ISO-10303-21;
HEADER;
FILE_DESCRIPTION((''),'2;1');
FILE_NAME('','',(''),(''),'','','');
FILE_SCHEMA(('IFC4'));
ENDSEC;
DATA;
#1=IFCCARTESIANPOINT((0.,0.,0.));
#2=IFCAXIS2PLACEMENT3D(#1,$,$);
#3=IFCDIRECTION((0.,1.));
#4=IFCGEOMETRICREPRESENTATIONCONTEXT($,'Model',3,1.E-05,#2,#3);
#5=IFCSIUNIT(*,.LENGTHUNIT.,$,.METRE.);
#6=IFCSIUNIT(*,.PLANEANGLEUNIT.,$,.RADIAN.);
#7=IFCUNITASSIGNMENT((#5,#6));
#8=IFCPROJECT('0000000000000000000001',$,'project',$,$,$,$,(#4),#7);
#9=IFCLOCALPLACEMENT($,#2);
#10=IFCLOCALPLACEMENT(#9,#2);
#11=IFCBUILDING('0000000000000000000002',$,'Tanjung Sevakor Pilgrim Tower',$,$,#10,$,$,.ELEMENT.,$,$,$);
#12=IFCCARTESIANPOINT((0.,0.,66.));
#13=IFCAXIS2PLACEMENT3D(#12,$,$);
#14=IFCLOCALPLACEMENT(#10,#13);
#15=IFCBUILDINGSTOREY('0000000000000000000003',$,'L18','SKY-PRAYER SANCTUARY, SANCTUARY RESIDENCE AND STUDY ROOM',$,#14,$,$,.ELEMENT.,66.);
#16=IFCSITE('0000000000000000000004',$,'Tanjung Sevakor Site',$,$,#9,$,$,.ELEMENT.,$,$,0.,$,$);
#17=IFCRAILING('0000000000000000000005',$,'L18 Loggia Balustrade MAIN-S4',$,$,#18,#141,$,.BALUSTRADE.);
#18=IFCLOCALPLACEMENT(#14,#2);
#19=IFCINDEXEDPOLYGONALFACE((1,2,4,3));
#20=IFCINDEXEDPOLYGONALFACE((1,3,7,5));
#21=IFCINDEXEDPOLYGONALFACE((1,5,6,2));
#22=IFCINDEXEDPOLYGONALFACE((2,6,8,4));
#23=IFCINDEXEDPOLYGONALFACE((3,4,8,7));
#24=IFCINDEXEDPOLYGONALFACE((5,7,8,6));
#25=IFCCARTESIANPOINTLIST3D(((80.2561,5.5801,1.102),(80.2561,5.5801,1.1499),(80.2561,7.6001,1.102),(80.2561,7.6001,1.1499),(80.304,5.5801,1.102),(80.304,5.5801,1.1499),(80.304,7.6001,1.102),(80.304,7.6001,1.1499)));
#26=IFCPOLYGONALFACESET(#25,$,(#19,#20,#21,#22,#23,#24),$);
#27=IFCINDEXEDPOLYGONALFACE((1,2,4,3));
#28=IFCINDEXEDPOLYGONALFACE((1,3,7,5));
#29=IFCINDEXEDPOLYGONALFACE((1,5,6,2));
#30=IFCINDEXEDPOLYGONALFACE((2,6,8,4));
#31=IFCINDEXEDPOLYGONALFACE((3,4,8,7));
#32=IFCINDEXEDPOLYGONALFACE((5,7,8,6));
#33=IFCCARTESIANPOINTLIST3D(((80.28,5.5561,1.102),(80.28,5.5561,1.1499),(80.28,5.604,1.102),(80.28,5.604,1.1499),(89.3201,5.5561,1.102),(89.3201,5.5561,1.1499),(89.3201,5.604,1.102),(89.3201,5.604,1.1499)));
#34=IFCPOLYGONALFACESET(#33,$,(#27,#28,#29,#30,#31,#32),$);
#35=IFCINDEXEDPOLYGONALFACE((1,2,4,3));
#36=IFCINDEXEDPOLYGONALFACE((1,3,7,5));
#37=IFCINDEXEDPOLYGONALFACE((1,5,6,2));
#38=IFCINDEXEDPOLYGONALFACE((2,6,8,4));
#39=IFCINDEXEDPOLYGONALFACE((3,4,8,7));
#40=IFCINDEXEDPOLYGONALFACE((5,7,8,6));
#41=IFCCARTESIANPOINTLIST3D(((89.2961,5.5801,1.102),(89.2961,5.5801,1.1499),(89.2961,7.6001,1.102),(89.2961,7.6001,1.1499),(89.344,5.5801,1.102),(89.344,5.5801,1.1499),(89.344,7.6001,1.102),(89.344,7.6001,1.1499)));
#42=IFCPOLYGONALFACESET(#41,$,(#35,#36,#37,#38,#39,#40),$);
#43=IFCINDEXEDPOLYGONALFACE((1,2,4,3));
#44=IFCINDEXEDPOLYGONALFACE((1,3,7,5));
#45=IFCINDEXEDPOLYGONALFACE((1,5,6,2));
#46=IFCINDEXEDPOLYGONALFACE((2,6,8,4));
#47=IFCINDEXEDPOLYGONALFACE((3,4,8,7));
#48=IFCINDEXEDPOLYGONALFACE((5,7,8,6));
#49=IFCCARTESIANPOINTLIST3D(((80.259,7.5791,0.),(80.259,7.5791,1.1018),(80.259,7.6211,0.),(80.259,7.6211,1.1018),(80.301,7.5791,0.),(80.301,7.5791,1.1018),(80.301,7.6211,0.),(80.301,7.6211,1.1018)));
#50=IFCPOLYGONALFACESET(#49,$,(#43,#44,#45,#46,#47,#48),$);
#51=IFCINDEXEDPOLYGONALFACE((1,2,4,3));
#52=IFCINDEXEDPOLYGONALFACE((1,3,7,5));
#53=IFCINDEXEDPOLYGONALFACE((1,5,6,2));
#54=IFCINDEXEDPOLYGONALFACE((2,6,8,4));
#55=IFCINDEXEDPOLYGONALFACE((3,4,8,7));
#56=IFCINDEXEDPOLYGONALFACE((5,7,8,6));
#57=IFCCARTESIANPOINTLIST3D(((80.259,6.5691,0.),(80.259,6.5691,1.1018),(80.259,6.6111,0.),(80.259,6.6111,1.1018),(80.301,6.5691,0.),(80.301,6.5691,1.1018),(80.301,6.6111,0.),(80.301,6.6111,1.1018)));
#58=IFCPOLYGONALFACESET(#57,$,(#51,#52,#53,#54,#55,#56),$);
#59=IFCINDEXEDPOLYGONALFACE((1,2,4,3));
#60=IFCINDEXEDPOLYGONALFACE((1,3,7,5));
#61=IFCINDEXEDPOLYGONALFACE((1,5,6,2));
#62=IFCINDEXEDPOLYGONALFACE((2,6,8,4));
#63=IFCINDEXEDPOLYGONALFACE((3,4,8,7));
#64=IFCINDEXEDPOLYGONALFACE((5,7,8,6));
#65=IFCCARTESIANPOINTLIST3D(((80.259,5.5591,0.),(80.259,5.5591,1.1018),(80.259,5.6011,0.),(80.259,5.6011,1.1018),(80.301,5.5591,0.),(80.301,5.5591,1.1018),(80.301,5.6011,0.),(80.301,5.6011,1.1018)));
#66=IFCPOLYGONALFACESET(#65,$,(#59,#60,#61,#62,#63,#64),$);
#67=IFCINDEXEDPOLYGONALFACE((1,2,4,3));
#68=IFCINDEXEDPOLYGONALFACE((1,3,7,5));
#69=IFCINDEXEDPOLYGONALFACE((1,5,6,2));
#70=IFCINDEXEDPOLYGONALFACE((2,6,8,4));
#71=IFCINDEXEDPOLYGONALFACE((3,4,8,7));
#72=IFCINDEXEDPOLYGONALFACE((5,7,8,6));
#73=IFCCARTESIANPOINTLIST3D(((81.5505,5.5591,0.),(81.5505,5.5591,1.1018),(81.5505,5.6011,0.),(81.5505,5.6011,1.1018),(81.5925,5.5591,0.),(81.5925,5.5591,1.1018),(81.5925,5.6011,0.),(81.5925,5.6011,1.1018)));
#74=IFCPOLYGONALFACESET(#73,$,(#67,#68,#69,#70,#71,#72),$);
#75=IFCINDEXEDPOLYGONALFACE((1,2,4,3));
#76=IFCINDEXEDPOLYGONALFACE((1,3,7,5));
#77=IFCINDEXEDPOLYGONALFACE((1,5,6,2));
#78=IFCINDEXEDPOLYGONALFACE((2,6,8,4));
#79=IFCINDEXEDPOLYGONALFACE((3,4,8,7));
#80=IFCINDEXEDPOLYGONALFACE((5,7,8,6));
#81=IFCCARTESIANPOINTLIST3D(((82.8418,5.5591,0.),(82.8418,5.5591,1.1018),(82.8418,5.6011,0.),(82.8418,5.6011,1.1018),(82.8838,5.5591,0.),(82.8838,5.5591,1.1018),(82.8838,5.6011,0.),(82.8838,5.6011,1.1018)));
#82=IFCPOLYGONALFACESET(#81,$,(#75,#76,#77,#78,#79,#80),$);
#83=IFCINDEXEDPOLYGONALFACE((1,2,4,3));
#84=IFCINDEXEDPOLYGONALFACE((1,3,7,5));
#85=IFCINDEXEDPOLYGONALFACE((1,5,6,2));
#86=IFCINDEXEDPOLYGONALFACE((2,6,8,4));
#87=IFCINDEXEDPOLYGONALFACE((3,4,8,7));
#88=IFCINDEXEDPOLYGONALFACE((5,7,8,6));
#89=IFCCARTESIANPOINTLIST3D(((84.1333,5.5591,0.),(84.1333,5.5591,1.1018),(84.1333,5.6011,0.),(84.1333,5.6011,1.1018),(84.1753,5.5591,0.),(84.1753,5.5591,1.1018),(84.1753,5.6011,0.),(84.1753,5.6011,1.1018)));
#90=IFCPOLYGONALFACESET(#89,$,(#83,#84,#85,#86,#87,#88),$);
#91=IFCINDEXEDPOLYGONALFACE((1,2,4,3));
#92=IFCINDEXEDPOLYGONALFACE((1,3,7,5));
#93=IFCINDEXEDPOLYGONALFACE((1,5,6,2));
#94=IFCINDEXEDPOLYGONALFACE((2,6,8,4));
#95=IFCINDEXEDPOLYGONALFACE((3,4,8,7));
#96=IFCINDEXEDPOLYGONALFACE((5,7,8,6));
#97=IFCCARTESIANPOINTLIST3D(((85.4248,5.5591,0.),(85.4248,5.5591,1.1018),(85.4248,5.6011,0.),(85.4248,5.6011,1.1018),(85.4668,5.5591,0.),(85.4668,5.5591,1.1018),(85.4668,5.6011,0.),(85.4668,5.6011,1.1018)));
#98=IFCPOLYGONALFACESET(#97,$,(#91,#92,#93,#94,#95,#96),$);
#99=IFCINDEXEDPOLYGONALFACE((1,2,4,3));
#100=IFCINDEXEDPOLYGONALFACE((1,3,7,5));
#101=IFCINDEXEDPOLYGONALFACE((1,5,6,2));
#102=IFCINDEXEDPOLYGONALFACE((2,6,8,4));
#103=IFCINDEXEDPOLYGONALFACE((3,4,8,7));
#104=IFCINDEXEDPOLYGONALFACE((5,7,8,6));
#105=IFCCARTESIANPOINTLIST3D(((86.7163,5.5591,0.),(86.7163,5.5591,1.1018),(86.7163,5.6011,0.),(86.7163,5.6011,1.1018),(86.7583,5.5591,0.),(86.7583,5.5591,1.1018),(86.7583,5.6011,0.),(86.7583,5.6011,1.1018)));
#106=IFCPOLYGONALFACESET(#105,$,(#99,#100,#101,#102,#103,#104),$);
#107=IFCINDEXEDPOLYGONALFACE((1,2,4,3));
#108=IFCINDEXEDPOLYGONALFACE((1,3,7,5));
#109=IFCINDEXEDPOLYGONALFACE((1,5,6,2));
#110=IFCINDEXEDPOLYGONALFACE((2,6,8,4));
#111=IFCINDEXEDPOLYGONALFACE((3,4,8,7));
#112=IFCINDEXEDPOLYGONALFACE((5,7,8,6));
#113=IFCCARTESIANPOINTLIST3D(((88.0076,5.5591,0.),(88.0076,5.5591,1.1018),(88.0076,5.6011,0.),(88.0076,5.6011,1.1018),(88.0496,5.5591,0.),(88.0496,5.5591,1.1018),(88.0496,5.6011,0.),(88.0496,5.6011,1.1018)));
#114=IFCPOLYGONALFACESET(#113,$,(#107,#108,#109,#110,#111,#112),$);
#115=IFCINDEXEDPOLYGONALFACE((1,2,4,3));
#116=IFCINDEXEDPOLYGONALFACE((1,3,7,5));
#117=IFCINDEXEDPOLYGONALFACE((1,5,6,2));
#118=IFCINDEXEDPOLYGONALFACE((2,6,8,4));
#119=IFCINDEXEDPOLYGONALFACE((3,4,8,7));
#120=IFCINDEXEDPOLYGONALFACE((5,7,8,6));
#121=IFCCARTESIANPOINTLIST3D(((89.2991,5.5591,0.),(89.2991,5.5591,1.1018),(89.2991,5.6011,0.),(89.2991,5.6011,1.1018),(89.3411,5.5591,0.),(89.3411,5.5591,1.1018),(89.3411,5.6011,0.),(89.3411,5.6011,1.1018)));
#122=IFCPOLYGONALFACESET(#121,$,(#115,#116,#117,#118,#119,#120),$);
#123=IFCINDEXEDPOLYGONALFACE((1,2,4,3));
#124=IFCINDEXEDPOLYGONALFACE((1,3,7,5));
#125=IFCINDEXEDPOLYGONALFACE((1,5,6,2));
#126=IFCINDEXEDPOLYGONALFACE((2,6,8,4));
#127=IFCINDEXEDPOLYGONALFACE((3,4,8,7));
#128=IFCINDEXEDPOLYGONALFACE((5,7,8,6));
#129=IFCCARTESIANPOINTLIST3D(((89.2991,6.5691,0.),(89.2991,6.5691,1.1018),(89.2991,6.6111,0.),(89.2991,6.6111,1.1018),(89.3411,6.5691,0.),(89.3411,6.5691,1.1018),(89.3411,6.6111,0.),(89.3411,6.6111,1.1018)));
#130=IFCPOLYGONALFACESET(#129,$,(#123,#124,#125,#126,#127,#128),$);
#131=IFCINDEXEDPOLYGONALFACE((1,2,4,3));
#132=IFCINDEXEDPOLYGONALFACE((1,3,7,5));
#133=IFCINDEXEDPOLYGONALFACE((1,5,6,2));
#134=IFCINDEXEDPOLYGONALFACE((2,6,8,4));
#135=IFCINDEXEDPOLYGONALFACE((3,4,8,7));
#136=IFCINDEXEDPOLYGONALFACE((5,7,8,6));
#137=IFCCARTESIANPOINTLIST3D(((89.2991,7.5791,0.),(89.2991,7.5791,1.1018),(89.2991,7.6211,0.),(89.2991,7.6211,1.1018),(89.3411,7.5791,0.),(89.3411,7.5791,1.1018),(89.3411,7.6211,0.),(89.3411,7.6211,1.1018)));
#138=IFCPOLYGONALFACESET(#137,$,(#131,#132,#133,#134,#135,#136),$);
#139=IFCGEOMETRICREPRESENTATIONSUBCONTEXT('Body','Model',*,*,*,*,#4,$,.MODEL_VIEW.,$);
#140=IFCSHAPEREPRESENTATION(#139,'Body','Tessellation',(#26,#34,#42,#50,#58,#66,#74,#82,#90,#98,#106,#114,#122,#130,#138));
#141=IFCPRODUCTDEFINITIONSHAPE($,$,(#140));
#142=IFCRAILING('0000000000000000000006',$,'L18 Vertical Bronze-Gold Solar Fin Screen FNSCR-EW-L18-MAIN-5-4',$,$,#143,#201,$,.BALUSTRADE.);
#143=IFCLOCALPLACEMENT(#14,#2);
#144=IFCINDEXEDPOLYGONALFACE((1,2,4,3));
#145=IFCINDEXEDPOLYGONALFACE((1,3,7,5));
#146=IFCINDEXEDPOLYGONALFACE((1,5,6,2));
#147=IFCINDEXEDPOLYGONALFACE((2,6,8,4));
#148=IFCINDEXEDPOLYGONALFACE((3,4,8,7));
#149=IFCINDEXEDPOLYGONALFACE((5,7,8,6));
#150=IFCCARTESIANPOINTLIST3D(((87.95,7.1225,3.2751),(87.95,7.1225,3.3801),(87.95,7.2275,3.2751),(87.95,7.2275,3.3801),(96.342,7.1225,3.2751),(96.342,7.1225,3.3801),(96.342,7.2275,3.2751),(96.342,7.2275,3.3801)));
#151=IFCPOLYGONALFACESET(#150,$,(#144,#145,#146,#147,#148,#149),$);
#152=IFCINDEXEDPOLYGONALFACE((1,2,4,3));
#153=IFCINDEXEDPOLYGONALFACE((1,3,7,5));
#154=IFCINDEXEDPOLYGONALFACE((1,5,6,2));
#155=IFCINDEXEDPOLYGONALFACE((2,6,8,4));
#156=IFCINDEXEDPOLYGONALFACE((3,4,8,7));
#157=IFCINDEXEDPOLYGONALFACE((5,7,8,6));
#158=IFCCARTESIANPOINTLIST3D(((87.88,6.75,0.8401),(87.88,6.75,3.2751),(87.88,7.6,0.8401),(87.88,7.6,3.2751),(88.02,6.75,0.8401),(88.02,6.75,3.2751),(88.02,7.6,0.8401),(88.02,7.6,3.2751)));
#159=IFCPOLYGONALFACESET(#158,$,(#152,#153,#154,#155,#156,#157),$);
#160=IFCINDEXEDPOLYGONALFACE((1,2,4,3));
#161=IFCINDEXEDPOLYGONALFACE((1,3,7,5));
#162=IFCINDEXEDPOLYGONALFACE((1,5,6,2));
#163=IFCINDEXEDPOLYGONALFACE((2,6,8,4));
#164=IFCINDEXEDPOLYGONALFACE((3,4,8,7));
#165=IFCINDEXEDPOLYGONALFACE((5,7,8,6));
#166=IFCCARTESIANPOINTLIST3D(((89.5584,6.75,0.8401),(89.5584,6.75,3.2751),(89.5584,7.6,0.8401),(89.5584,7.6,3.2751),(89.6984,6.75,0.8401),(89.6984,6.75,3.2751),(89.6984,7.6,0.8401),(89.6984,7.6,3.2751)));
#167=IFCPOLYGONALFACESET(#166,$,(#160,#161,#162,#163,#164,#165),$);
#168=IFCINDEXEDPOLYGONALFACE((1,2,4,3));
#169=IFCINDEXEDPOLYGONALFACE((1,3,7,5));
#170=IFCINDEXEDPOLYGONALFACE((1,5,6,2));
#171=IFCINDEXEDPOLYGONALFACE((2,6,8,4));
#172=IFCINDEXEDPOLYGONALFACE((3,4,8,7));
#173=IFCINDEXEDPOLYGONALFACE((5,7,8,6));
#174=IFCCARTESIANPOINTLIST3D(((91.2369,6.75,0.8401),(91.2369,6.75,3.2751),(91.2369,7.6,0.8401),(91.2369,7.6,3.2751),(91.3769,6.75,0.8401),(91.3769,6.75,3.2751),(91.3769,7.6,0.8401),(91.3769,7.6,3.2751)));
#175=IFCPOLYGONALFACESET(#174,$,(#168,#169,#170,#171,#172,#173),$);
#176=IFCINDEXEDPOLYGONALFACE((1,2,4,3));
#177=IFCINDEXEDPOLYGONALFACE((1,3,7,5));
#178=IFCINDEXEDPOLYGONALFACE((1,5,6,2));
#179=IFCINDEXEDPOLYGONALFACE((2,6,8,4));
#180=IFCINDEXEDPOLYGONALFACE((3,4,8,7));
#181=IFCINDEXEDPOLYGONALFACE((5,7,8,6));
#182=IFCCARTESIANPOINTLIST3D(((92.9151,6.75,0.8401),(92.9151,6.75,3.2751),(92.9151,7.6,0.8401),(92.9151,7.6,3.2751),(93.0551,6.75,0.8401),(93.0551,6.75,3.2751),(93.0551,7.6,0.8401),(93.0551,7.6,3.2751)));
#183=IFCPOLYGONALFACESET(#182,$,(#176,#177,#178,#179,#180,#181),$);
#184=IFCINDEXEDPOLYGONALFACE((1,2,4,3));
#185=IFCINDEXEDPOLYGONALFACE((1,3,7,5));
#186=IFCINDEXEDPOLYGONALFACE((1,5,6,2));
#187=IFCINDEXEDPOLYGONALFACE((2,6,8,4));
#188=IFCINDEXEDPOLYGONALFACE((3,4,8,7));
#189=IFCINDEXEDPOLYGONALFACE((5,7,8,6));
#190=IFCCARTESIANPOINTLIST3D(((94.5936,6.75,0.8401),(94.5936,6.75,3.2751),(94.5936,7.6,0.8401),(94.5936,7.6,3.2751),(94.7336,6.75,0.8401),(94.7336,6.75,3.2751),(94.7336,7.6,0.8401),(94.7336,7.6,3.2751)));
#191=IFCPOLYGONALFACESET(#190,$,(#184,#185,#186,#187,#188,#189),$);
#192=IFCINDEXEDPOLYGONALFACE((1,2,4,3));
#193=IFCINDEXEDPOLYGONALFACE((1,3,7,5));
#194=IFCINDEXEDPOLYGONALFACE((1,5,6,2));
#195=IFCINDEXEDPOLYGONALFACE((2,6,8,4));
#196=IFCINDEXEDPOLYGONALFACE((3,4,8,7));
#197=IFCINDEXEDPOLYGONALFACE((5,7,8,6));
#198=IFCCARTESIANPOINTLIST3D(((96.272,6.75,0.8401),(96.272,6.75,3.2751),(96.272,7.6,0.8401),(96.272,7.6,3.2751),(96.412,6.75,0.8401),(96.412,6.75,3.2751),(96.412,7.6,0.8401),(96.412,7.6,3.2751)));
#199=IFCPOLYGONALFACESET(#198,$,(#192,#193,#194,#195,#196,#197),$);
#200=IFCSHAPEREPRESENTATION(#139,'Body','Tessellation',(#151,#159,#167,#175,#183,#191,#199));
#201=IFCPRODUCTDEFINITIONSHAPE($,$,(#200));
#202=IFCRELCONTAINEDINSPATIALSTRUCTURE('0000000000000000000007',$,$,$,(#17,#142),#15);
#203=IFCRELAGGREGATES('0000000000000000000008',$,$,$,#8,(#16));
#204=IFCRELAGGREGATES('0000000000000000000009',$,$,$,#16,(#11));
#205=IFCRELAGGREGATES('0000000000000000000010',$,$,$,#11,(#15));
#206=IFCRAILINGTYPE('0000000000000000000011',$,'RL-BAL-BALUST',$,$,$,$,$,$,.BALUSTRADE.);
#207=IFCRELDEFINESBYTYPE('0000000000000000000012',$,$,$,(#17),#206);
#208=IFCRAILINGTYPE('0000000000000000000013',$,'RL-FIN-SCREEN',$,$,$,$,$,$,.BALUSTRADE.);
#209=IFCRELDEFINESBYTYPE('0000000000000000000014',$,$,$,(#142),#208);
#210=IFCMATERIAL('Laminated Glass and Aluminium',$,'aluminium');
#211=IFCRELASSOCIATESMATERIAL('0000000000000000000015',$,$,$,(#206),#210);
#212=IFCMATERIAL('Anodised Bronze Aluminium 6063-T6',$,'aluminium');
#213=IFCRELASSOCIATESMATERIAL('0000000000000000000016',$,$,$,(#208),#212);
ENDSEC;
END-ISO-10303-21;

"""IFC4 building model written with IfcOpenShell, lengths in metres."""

from ifc_helpers import new_model, si_unit, direction, frame, origin, place, context, subcontext, project, spatial, rectangle, extrude, material, type_object, element, save


model = new_model("IFC4")

# Units and contexts
model_context = context("Model", 3, precision=1e-05, world=origin(), true_north=direction((0.0, 1.0)))
body_context = subcontext(model_context, "Body", "Model", "MODEL_VIEW")
ifc_project = project(units=[si_unit("LENGTHUNIT", "METRE"), si_unit("PLANEANGLEUNIT", "RADIAN")], contexts=[model_context])

# Site, building, storey
site_placement = place(None, origin())
site = spatial("IfcSite", under=ifc_project, at=site_placement, Name="Tanjung Sevakor Site", CompositionType="ELEMENT", RefElevation=0.0)
building_placement = place(site_placement, origin())
building = spatial("IfcBuilding", under=site, at=building_placement, Name="Tanjung Sevakor Pilgrim Tower", CompositionType="ELEMENT")
storey_placement = place(building_placement, frame((0.0, 0.0, 66.0)))
storey = spatial("IfcBuildingStorey", under=building, at=storey_placement, Name="L18", Description="SKY-PRAYER SANCTUARY, SANCTUARY RESIDENCE AND STUDY ROOM", CompositionType="ELEMENT", Elevation=66.0)

# Railings
ifc_material_1 = material(Name="Laminated Glass and Aluminium", Category="aluminium")
railing_type_1 = type_object("IfcRailingType", Name="RL-BAL-BALUST", PredefinedType="BALUSTRADE", material=ifc_material_1)
railing_1_placement = place(storey_placement, frame((80.28, 7.6001, 0.0)))
element("IfcRailing", 1, at=railing_1_placement, inside=storey, type_object=railing_type_1, Name="L18 Loggia Balustrade MAIN-S4", PredefinedType="BALUSTRADE", context=body_context, shape_type="SweptSolid", body=[
    extrude(rectangle(XDim=0.0479, YDim=0.0479), frame((0.0, 0.0, 1.126), z_axis=(0.0, -1.0, 0.0), x_axis=(1.0, 0.0, 0.0)), (0.0, 0.0, 1.0), 2.02),
    extrude(rectangle(XDim=0.0479, YDim=0.0479), frame((0.0, -2.02, 1.126), z_axis=(1.0, 0.0, 0.0), x_axis=(0.0, 1.0, 0.0)), (0.0, 0.0, 1.0), 9.04),
    extrude(rectangle(XDim=0.0479, YDim=0.0479), frame((9.04, -2.02, 1.126), z_axis=(0.0, 1.0, 0.0), x_axis=(-1.0, 0.0, 0.0)), (0.0, 0.0, 1.0), 2.02),
    extrude(rectangle(XDim=0.042, YDim=0.042), origin(), (0.0, 0.0, 1.0), 1.1018),
    extrude(rectangle(XDim=0.042, YDim=0.042), frame((0.0, -1.01, 0.0)), (0.0, 0.0, 1.0), 1.1018),
    extrude(rectangle(XDim=0.042, YDim=0.042), frame((0.0, -2.02, 0.0)), (0.0, 0.0, 1.0), 1.1018),
    extrude(rectangle(XDim=0.042, YDim=0.042), frame((1.2915, -2.02, 0.0)), (0.0, 0.0, 1.0), 1.1018),
    extrude(rectangle(XDim=0.042, YDim=0.042), frame((2.5828, -2.02, 0.0)), (0.0, 0.0, 1.0), 1.1018),
    extrude(rectangle(XDim=0.042, YDim=0.042), frame((3.8743, -2.02, 0.0)), (0.0, 0.0, 1.0), 1.1018),
    extrude(rectangle(XDim=0.042, YDim=0.042), frame((5.1658, -2.02, 0.0)), (0.0, 0.0, 1.0), 1.1018),
    extrude(rectangle(XDim=0.042, YDim=0.042), frame((6.4573, -2.02, 0.0)), (0.0, 0.0, 1.0), 1.1018),
    extrude(rectangle(XDim=0.042, YDim=0.042), frame((7.7485, -2.02, 0.0)), (0.0, 0.0, 1.0), 1.1018),
    extrude(rectangle(XDim=0.042, YDim=0.042), frame((9.04, -2.02, 0.0)), (0.0, 0.0, 1.0), 1.1018),
    extrude(rectangle(XDim=0.042, YDim=0.042), frame((9.04, -1.01, 0.0)), (0.0, 0.0, 1.0), 1.1018),
    extrude(rectangle(XDim=0.042, YDim=0.042), frame((9.04, 0.0, 0.0)), (0.0, 0.0, 1.0), 1.1018),
])
ifc_material_2 = material(Name="Anodised Bronze Aluminium 6063-T6", Category="aluminium")
railing_type_2 = type_object("IfcRailingType", Name="RL-FIN-SCREEN", PredefinedType="BALUSTRADE", material=ifc_material_2)
railing_2_placement = place(storey_placement, frame((87.95, 7.175, 0.8401)))
element("IfcRailing", 2, at=railing_2_placement, inside=storey, type_object=railing_type_2, Name="L18 Vertical Bronze-Gold Solar Fin Screen FNSCR-EW-L18-MAIN-5-4", PredefinedType="BALUSTRADE", context=body_context, shape_type="SweptSolid", body=[
    extrude(rectangle(XDim=0.105, YDim=0.105), frame((0.0, 0.0, 2.4875), z_axis=(1.0, 0.0, 0.0), x_axis=(0.0, 1.0, 0.0)), (0.0, 0.0, 1.0), 8.3921),
    extrude(rectangle(XDim=0.14, YDim=0.85), origin(), (0.0, 0.0, 1.0), 2.4351),
    extrude(rectangle(XDim=0.14, YDim=0.85), frame((1.6785, 0.0, 0.0)), (0.0, 0.0, 1.0), 2.4351),
    extrude(rectangle(XDim=0.14, YDim=0.85), frame((3.3569, 0.0, 0.0)), (0.0, 0.0, 1.0), 2.4351),
    extrude(rectangle(XDim=0.14, YDim=0.85), frame((5.0352, 0.0, 0.0)), (0.0, 0.0, 1.0), 2.4351),
    extrude(rectangle(XDim=0.14, YDim=0.85), frame((6.7136, 0.0, 0.0)), (0.0, 0.0, 1.0), 2.4351),
    extrude(rectangle(XDim=0.14, YDim=0.85), frame((8.3921, 0.0, 0.0)), (0.0, 0.0, 1.0), 2.4351),
])

save(model, "model.ifc")
